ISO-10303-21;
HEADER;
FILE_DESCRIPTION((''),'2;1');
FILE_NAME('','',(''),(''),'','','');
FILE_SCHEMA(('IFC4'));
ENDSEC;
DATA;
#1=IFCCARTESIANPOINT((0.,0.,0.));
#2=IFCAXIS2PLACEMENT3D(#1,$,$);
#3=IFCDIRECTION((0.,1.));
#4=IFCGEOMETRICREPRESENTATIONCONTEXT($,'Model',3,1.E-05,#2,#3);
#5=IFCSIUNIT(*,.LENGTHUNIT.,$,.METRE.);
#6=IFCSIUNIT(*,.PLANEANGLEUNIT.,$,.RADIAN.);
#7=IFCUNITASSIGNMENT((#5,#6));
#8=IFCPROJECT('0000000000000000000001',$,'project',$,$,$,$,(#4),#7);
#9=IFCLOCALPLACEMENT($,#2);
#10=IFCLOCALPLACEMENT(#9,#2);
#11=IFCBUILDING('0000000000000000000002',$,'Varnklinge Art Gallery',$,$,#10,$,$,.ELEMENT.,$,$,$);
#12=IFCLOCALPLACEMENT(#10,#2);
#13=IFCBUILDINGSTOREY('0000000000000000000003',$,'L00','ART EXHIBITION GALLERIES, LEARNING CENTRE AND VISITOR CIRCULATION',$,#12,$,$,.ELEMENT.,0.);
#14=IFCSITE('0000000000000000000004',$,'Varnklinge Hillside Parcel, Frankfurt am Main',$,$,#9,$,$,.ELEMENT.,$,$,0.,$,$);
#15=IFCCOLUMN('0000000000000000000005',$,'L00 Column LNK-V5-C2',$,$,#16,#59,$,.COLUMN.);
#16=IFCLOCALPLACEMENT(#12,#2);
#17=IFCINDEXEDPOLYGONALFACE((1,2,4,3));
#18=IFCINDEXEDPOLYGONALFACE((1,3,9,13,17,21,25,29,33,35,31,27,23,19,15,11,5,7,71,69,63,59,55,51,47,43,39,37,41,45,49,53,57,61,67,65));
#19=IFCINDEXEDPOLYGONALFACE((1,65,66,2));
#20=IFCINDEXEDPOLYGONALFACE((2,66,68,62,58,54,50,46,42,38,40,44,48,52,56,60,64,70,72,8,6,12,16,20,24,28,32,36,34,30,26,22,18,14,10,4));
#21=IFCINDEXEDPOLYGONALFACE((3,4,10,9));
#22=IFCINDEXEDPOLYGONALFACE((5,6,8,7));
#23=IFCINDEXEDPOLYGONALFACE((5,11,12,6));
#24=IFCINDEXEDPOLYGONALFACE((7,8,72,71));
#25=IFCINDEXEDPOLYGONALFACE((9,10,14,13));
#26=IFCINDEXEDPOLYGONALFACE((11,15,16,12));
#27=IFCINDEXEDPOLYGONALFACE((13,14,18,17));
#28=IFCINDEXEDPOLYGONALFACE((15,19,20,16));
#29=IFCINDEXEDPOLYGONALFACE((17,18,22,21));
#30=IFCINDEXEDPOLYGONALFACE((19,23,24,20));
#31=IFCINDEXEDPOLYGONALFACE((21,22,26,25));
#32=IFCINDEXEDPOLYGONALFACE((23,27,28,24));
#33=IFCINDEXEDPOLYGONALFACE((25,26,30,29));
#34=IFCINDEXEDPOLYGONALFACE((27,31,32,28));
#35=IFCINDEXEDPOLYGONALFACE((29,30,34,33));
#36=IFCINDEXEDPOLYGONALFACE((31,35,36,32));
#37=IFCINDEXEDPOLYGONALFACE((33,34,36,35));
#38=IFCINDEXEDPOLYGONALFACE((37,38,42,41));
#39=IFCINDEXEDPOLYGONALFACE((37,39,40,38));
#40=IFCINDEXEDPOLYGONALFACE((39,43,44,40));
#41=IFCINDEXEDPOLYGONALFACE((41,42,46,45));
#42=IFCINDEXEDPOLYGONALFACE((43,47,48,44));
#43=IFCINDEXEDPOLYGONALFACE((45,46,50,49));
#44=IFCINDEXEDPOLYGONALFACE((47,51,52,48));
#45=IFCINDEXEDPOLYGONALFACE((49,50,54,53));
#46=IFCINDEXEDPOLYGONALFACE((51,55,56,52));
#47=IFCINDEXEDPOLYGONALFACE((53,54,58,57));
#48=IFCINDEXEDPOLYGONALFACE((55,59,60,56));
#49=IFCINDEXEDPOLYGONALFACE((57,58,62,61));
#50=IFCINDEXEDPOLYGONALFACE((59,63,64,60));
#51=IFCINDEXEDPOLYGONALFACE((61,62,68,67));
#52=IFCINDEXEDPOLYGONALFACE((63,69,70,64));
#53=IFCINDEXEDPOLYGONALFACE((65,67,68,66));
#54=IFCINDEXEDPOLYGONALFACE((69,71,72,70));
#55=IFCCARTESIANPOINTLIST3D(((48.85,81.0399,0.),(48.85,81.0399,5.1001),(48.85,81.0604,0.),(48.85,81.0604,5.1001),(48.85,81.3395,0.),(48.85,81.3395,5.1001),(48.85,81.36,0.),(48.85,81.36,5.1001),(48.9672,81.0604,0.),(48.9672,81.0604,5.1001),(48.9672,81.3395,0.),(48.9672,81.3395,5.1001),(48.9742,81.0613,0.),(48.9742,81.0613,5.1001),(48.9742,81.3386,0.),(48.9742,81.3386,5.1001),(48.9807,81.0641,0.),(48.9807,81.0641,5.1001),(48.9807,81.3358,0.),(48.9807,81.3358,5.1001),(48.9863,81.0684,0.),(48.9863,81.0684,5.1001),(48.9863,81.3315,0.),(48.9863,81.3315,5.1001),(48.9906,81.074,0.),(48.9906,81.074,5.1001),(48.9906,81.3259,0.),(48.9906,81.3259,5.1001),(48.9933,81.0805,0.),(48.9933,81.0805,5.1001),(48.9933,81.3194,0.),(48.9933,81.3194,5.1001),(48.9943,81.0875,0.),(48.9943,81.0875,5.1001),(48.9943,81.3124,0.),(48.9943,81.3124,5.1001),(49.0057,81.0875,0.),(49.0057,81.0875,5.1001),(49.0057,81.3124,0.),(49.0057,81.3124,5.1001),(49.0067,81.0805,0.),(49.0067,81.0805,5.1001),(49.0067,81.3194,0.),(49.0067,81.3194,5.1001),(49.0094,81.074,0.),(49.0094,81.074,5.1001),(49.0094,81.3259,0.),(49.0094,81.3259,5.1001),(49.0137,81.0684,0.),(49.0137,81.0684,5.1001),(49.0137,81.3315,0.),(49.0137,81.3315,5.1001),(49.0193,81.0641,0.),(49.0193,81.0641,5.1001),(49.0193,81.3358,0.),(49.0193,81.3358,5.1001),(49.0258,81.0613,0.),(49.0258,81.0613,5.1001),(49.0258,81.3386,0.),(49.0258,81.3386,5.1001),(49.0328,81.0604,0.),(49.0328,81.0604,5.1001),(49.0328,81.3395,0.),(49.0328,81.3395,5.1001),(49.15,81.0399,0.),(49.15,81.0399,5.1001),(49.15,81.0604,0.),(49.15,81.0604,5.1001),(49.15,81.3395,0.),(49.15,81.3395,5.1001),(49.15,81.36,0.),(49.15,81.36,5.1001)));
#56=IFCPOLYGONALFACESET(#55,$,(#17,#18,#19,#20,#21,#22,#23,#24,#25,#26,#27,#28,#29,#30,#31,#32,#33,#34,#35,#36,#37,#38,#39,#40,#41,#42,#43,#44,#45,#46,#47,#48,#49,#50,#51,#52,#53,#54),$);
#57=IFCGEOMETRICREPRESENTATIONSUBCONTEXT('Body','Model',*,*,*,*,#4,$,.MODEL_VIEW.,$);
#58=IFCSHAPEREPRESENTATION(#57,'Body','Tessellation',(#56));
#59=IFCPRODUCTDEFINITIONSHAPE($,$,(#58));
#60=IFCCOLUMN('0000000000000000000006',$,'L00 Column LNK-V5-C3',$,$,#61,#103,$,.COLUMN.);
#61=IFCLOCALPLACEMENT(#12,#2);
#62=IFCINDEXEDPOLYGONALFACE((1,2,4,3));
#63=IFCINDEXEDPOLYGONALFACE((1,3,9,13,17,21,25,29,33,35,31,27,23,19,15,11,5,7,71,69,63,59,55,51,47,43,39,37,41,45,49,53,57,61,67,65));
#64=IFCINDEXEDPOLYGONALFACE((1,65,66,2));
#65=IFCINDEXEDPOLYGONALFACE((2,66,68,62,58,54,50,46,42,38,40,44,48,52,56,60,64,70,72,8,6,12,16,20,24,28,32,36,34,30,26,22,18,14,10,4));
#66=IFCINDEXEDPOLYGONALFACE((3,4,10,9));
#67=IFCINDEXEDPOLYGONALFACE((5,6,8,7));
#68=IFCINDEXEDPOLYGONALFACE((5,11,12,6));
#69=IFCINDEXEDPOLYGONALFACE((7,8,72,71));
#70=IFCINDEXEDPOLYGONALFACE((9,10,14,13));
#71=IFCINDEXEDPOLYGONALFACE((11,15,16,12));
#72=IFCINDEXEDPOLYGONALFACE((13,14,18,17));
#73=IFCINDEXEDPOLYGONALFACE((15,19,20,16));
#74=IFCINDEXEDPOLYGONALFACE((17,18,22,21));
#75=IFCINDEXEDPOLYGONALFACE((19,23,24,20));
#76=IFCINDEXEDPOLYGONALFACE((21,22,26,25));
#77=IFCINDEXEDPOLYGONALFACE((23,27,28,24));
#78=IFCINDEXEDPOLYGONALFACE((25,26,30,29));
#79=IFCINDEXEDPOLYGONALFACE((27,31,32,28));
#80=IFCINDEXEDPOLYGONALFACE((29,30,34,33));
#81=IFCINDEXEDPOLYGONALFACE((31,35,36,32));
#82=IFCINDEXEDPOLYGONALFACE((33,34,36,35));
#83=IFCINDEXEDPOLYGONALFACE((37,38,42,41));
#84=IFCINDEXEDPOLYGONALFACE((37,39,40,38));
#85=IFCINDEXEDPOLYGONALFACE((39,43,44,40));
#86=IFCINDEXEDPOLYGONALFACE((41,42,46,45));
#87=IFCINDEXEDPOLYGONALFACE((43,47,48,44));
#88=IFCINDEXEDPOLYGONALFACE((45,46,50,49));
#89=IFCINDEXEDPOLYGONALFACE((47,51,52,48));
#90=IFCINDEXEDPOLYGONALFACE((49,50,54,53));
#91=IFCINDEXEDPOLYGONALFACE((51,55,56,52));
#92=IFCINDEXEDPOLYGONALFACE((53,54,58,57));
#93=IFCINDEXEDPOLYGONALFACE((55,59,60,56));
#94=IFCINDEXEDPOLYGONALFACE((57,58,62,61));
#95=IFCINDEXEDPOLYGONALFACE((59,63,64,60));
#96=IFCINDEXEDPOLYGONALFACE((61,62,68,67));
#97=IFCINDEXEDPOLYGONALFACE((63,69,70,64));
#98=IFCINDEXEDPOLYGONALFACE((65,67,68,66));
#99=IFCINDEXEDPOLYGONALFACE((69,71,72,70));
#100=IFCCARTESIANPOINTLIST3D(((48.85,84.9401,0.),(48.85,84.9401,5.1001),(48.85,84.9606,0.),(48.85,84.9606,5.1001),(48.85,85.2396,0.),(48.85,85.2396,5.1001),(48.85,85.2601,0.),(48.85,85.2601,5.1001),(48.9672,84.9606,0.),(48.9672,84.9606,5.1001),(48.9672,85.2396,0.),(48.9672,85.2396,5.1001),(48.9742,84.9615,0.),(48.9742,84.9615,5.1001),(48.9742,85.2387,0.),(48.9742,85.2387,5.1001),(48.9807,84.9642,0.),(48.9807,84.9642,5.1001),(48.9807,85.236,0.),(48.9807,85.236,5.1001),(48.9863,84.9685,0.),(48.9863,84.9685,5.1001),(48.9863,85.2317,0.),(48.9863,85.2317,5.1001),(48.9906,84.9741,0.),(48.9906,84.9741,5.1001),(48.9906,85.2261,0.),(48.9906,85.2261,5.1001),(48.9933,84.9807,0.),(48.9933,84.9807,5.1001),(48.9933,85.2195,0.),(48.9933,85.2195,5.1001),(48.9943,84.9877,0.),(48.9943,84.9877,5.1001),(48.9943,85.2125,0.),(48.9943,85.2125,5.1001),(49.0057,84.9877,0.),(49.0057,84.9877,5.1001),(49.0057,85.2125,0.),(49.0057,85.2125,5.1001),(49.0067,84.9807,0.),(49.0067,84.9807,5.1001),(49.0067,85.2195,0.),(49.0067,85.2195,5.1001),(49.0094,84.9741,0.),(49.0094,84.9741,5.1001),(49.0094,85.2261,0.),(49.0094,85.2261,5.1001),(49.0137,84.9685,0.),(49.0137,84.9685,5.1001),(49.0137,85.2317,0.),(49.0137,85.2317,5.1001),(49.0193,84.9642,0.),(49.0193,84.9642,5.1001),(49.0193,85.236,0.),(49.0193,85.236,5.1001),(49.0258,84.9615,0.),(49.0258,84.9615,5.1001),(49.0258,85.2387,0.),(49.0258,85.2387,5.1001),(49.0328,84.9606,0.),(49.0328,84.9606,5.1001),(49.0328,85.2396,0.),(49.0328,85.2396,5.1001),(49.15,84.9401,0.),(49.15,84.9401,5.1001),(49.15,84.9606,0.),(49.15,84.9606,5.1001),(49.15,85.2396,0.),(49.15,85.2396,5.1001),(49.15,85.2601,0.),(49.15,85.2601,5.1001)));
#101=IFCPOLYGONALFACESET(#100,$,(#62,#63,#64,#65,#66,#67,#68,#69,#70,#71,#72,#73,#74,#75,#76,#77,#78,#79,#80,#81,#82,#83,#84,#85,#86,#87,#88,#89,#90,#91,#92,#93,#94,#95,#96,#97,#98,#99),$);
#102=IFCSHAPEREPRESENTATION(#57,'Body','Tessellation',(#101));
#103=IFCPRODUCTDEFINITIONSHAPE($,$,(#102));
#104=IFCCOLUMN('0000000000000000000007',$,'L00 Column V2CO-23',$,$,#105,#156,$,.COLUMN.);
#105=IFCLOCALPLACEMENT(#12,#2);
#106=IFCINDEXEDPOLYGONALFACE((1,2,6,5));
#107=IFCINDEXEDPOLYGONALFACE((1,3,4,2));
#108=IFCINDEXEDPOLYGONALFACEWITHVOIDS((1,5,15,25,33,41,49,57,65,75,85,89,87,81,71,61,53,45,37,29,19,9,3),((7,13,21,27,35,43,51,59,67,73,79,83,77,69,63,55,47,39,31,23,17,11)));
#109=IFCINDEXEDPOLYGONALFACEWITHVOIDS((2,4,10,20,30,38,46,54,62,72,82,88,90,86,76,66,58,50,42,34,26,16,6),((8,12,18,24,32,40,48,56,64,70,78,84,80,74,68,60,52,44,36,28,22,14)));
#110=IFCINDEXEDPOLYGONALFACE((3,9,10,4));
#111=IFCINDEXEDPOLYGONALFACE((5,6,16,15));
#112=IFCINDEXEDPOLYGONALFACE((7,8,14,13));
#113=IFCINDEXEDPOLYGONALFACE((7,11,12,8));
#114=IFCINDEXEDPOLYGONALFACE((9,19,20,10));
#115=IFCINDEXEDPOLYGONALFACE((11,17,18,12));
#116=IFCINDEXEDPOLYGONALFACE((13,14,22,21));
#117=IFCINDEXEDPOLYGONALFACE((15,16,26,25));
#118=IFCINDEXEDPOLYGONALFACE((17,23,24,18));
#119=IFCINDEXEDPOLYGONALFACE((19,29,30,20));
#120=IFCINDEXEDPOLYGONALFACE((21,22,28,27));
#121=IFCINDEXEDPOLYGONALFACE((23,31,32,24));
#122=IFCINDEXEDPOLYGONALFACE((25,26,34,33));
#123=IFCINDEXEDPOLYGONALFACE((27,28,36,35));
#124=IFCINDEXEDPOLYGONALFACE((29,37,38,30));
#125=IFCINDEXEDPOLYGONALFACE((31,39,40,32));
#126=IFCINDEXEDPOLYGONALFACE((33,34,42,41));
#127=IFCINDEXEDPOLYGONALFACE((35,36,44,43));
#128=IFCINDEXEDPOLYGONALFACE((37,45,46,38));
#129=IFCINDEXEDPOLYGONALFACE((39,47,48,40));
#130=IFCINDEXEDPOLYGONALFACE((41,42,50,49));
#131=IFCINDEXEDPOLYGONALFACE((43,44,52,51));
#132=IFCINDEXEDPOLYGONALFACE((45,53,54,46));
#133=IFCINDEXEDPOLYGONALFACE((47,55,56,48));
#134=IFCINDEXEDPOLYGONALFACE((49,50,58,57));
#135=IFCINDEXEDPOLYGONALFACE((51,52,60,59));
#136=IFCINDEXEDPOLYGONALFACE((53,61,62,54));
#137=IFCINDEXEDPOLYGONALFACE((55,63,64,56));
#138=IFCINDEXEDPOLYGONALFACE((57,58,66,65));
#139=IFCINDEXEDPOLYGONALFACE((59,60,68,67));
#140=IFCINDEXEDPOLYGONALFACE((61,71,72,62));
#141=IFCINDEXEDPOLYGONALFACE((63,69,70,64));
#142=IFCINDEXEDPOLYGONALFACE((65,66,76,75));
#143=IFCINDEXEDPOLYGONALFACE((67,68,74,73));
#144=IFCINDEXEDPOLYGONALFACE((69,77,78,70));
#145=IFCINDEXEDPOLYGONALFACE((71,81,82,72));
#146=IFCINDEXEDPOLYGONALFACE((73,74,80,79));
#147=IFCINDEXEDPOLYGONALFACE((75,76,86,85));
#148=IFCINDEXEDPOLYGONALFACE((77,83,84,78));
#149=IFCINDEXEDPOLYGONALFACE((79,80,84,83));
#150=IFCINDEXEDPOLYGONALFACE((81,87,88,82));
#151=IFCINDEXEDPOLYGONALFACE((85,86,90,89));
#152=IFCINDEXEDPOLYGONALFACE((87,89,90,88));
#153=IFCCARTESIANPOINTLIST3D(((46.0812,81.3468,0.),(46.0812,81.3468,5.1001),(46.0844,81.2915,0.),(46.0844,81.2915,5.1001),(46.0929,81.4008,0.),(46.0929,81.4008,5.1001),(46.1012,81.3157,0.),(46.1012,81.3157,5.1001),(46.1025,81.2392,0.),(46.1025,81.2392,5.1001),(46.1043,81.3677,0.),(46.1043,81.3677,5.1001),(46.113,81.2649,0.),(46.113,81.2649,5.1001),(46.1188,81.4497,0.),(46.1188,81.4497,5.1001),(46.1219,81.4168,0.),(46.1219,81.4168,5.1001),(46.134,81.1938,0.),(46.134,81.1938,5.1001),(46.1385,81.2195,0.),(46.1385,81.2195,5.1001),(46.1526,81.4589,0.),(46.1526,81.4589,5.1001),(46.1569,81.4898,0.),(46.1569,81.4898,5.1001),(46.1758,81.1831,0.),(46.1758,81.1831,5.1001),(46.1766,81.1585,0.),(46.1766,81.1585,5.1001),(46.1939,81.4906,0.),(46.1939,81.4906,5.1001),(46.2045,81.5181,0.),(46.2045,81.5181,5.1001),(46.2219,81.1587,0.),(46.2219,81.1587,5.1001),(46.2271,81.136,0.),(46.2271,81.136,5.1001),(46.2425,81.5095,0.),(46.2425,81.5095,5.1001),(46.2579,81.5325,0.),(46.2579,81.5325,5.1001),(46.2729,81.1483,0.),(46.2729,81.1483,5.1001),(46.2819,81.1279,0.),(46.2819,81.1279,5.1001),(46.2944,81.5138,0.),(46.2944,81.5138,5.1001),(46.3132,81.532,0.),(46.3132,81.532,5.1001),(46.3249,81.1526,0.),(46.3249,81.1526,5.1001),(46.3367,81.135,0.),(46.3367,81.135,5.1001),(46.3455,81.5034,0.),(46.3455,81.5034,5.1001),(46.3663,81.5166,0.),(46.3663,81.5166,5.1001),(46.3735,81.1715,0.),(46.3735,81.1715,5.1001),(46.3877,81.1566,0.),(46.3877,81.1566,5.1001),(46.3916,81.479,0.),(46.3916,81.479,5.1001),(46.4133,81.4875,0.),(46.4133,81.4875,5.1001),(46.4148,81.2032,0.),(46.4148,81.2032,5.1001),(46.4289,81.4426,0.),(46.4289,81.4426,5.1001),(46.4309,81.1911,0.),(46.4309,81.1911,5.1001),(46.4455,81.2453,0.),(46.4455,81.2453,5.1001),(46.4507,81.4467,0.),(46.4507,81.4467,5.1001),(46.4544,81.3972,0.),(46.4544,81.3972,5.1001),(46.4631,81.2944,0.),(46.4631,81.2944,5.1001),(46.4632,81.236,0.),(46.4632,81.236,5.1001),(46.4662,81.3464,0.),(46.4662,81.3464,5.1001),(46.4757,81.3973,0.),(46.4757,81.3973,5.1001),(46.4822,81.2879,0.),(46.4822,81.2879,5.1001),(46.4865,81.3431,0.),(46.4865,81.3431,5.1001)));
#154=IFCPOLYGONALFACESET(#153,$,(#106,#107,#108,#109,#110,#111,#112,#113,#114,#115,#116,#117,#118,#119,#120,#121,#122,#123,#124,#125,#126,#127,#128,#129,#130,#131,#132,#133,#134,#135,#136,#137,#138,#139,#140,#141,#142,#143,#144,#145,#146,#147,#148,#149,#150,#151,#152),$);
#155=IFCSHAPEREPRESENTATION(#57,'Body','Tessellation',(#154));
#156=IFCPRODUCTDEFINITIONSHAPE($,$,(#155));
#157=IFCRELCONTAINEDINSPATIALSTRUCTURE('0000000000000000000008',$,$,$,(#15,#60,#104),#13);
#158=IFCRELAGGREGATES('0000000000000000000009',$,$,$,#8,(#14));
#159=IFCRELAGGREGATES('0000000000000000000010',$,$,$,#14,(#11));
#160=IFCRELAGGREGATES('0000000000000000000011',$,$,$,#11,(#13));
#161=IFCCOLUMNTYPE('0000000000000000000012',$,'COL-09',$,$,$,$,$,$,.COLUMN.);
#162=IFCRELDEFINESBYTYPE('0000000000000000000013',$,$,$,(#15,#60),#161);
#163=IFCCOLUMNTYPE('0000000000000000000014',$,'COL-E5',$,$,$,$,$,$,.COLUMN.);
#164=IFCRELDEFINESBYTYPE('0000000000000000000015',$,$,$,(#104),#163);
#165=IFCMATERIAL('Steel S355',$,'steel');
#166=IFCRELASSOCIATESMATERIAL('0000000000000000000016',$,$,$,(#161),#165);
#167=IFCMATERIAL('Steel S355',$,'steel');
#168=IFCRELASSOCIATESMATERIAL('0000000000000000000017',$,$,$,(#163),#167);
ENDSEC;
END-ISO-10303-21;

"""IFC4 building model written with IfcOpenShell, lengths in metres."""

from ifc_helpers import new_model, si_unit, direction, frame, origin, origin_2d, place, context, subcontext, project, spatial, hollow_circle, i_section, extrude, material, material_profile, profile_set, type_object, element, save


model = new_model("IFC4")

# Units and contexts
model_context = context("Model", 3, precision=1e-05, world=origin(), true_north=direction((0.0, 1.0)))
body_context = subcontext(model_context, "Body", "Model", "MODEL_VIEW")
ifc_project = project(units=[si_unit("LENGTHUNIT", "METRE"), si_unit("PLANEANGLEUNIT", "RADIAN")], contexts=[model_context])

# Site, building, storey
site_placement = place(None, origin())
site = spatial("IfcSite", under=ifc_project, at=site_placement, Name="Varnklinge Hillside Parcel, Frankfurt am Main", CompositionType="ELEMENT", RefElevation=0.0)
building_placement = place(site_placement, origin())
building = spatial("IfcBuilding", under=site, at=building_placement, Name="Varnklinge Art Gallery", CompositionType="ELEMENT")
storey_placement = place(building_placement, origin())
storey = spatial("IfcBuildingStorey", under=building, at=storey_placement, Name="L00", Description="ART EXHIBITION GALLERIES, LEARNING CENTRE AND VISITOR CIRCULATION", CompositionType="ELEMENT", Elevation=0.0)

# Columns
ifc_material_1 = material(Name="Steel S355", Category="steel")
ifc_material_profile_1 = material_profile(ifc_material_1, i_section(OverallWidth=0.3, OverallDepth=0.3201, WebThickness=0.0115, FlangeThickness=0.0205, FilletRadius=0.0271, at=origin_2d()), Name="HEB 320")
ifc_profile_set_1 = profile_set([ifc_material_profile_1], Name="Steel S355")
column_type_1 = type_object("IfcColumnType", Name="COL-09", PredefinedType="COLUMN", material=ifc_profile_set_1)
for number, where, z_axis, x_axis, name in (
    (1, (49.0, 81.2, 0.0), (0.0, 0.0, 1.0), (1.0, 0.0, 0.0), "L00 Column LNK-V5-C2"),
    (2, (49.0, 85.1001, 0.0), (0.0, 0.0, 1.0), (1.0, 0.0, 0.0), "L00 Column LNK-V5-C3"),
):
    element("IfcColumn", number, at=place(storey_placement, frame(where, z_axis=z_axis, x_axis=x_axis)), inside=storey, type_object=column_type_1, Name=name, PredefinedType="COLUMN", context=body_context, shape_type="SweptSolid", body=[
        extrude(i_section(OverallWidth=0.3, OverallDepth=0.3201, WebThickness=0.0115, FlangeThickness=0.0205, FilletRadius=0.0271, at=origin_2d()), origin(), (0.0, 0.0, 1.0), 5.1001),
    ])
ifc_material_2 = material(Name="Steel S355", Category="steel")
ifc_material_profile_2 = material_profile(ifc_material_2, hollow_circle(Radius=0.2031, WallThickness=0.02, at=origin_2d()), Name="CHS 406.4x20")
ifc_profile_set_2 = profile_set([ifc_material_profile_2], Name="Steel S355")
column_type_2 = type_object("IfcColumnType", Name="COL-E5", PredefinedType="COLUMN", material=ifc_profile_set_2)
column_placement = place(storey_placement, frame((46.2837, 81.3311, 0.0), z_axis=(0.0, 0.0, 1.0), x_axis=(0.883684, -0.468084, 0.0)))
element("IfcColumn", 3, at=column_placement, inside=storey, type_object=column_type_2, Name="L00 Column V2CO-23", PredefinedType="COLUMN", context=body_context, shape_type="SweptSolid", body=[
    extrude(hollow_circle(Radius=0.2031, WallThickness=0.02, at=origin_2d()), origin(), (0.0, 0.0, 1.0), 5.1001),
])

save(model, "model.ifc")
